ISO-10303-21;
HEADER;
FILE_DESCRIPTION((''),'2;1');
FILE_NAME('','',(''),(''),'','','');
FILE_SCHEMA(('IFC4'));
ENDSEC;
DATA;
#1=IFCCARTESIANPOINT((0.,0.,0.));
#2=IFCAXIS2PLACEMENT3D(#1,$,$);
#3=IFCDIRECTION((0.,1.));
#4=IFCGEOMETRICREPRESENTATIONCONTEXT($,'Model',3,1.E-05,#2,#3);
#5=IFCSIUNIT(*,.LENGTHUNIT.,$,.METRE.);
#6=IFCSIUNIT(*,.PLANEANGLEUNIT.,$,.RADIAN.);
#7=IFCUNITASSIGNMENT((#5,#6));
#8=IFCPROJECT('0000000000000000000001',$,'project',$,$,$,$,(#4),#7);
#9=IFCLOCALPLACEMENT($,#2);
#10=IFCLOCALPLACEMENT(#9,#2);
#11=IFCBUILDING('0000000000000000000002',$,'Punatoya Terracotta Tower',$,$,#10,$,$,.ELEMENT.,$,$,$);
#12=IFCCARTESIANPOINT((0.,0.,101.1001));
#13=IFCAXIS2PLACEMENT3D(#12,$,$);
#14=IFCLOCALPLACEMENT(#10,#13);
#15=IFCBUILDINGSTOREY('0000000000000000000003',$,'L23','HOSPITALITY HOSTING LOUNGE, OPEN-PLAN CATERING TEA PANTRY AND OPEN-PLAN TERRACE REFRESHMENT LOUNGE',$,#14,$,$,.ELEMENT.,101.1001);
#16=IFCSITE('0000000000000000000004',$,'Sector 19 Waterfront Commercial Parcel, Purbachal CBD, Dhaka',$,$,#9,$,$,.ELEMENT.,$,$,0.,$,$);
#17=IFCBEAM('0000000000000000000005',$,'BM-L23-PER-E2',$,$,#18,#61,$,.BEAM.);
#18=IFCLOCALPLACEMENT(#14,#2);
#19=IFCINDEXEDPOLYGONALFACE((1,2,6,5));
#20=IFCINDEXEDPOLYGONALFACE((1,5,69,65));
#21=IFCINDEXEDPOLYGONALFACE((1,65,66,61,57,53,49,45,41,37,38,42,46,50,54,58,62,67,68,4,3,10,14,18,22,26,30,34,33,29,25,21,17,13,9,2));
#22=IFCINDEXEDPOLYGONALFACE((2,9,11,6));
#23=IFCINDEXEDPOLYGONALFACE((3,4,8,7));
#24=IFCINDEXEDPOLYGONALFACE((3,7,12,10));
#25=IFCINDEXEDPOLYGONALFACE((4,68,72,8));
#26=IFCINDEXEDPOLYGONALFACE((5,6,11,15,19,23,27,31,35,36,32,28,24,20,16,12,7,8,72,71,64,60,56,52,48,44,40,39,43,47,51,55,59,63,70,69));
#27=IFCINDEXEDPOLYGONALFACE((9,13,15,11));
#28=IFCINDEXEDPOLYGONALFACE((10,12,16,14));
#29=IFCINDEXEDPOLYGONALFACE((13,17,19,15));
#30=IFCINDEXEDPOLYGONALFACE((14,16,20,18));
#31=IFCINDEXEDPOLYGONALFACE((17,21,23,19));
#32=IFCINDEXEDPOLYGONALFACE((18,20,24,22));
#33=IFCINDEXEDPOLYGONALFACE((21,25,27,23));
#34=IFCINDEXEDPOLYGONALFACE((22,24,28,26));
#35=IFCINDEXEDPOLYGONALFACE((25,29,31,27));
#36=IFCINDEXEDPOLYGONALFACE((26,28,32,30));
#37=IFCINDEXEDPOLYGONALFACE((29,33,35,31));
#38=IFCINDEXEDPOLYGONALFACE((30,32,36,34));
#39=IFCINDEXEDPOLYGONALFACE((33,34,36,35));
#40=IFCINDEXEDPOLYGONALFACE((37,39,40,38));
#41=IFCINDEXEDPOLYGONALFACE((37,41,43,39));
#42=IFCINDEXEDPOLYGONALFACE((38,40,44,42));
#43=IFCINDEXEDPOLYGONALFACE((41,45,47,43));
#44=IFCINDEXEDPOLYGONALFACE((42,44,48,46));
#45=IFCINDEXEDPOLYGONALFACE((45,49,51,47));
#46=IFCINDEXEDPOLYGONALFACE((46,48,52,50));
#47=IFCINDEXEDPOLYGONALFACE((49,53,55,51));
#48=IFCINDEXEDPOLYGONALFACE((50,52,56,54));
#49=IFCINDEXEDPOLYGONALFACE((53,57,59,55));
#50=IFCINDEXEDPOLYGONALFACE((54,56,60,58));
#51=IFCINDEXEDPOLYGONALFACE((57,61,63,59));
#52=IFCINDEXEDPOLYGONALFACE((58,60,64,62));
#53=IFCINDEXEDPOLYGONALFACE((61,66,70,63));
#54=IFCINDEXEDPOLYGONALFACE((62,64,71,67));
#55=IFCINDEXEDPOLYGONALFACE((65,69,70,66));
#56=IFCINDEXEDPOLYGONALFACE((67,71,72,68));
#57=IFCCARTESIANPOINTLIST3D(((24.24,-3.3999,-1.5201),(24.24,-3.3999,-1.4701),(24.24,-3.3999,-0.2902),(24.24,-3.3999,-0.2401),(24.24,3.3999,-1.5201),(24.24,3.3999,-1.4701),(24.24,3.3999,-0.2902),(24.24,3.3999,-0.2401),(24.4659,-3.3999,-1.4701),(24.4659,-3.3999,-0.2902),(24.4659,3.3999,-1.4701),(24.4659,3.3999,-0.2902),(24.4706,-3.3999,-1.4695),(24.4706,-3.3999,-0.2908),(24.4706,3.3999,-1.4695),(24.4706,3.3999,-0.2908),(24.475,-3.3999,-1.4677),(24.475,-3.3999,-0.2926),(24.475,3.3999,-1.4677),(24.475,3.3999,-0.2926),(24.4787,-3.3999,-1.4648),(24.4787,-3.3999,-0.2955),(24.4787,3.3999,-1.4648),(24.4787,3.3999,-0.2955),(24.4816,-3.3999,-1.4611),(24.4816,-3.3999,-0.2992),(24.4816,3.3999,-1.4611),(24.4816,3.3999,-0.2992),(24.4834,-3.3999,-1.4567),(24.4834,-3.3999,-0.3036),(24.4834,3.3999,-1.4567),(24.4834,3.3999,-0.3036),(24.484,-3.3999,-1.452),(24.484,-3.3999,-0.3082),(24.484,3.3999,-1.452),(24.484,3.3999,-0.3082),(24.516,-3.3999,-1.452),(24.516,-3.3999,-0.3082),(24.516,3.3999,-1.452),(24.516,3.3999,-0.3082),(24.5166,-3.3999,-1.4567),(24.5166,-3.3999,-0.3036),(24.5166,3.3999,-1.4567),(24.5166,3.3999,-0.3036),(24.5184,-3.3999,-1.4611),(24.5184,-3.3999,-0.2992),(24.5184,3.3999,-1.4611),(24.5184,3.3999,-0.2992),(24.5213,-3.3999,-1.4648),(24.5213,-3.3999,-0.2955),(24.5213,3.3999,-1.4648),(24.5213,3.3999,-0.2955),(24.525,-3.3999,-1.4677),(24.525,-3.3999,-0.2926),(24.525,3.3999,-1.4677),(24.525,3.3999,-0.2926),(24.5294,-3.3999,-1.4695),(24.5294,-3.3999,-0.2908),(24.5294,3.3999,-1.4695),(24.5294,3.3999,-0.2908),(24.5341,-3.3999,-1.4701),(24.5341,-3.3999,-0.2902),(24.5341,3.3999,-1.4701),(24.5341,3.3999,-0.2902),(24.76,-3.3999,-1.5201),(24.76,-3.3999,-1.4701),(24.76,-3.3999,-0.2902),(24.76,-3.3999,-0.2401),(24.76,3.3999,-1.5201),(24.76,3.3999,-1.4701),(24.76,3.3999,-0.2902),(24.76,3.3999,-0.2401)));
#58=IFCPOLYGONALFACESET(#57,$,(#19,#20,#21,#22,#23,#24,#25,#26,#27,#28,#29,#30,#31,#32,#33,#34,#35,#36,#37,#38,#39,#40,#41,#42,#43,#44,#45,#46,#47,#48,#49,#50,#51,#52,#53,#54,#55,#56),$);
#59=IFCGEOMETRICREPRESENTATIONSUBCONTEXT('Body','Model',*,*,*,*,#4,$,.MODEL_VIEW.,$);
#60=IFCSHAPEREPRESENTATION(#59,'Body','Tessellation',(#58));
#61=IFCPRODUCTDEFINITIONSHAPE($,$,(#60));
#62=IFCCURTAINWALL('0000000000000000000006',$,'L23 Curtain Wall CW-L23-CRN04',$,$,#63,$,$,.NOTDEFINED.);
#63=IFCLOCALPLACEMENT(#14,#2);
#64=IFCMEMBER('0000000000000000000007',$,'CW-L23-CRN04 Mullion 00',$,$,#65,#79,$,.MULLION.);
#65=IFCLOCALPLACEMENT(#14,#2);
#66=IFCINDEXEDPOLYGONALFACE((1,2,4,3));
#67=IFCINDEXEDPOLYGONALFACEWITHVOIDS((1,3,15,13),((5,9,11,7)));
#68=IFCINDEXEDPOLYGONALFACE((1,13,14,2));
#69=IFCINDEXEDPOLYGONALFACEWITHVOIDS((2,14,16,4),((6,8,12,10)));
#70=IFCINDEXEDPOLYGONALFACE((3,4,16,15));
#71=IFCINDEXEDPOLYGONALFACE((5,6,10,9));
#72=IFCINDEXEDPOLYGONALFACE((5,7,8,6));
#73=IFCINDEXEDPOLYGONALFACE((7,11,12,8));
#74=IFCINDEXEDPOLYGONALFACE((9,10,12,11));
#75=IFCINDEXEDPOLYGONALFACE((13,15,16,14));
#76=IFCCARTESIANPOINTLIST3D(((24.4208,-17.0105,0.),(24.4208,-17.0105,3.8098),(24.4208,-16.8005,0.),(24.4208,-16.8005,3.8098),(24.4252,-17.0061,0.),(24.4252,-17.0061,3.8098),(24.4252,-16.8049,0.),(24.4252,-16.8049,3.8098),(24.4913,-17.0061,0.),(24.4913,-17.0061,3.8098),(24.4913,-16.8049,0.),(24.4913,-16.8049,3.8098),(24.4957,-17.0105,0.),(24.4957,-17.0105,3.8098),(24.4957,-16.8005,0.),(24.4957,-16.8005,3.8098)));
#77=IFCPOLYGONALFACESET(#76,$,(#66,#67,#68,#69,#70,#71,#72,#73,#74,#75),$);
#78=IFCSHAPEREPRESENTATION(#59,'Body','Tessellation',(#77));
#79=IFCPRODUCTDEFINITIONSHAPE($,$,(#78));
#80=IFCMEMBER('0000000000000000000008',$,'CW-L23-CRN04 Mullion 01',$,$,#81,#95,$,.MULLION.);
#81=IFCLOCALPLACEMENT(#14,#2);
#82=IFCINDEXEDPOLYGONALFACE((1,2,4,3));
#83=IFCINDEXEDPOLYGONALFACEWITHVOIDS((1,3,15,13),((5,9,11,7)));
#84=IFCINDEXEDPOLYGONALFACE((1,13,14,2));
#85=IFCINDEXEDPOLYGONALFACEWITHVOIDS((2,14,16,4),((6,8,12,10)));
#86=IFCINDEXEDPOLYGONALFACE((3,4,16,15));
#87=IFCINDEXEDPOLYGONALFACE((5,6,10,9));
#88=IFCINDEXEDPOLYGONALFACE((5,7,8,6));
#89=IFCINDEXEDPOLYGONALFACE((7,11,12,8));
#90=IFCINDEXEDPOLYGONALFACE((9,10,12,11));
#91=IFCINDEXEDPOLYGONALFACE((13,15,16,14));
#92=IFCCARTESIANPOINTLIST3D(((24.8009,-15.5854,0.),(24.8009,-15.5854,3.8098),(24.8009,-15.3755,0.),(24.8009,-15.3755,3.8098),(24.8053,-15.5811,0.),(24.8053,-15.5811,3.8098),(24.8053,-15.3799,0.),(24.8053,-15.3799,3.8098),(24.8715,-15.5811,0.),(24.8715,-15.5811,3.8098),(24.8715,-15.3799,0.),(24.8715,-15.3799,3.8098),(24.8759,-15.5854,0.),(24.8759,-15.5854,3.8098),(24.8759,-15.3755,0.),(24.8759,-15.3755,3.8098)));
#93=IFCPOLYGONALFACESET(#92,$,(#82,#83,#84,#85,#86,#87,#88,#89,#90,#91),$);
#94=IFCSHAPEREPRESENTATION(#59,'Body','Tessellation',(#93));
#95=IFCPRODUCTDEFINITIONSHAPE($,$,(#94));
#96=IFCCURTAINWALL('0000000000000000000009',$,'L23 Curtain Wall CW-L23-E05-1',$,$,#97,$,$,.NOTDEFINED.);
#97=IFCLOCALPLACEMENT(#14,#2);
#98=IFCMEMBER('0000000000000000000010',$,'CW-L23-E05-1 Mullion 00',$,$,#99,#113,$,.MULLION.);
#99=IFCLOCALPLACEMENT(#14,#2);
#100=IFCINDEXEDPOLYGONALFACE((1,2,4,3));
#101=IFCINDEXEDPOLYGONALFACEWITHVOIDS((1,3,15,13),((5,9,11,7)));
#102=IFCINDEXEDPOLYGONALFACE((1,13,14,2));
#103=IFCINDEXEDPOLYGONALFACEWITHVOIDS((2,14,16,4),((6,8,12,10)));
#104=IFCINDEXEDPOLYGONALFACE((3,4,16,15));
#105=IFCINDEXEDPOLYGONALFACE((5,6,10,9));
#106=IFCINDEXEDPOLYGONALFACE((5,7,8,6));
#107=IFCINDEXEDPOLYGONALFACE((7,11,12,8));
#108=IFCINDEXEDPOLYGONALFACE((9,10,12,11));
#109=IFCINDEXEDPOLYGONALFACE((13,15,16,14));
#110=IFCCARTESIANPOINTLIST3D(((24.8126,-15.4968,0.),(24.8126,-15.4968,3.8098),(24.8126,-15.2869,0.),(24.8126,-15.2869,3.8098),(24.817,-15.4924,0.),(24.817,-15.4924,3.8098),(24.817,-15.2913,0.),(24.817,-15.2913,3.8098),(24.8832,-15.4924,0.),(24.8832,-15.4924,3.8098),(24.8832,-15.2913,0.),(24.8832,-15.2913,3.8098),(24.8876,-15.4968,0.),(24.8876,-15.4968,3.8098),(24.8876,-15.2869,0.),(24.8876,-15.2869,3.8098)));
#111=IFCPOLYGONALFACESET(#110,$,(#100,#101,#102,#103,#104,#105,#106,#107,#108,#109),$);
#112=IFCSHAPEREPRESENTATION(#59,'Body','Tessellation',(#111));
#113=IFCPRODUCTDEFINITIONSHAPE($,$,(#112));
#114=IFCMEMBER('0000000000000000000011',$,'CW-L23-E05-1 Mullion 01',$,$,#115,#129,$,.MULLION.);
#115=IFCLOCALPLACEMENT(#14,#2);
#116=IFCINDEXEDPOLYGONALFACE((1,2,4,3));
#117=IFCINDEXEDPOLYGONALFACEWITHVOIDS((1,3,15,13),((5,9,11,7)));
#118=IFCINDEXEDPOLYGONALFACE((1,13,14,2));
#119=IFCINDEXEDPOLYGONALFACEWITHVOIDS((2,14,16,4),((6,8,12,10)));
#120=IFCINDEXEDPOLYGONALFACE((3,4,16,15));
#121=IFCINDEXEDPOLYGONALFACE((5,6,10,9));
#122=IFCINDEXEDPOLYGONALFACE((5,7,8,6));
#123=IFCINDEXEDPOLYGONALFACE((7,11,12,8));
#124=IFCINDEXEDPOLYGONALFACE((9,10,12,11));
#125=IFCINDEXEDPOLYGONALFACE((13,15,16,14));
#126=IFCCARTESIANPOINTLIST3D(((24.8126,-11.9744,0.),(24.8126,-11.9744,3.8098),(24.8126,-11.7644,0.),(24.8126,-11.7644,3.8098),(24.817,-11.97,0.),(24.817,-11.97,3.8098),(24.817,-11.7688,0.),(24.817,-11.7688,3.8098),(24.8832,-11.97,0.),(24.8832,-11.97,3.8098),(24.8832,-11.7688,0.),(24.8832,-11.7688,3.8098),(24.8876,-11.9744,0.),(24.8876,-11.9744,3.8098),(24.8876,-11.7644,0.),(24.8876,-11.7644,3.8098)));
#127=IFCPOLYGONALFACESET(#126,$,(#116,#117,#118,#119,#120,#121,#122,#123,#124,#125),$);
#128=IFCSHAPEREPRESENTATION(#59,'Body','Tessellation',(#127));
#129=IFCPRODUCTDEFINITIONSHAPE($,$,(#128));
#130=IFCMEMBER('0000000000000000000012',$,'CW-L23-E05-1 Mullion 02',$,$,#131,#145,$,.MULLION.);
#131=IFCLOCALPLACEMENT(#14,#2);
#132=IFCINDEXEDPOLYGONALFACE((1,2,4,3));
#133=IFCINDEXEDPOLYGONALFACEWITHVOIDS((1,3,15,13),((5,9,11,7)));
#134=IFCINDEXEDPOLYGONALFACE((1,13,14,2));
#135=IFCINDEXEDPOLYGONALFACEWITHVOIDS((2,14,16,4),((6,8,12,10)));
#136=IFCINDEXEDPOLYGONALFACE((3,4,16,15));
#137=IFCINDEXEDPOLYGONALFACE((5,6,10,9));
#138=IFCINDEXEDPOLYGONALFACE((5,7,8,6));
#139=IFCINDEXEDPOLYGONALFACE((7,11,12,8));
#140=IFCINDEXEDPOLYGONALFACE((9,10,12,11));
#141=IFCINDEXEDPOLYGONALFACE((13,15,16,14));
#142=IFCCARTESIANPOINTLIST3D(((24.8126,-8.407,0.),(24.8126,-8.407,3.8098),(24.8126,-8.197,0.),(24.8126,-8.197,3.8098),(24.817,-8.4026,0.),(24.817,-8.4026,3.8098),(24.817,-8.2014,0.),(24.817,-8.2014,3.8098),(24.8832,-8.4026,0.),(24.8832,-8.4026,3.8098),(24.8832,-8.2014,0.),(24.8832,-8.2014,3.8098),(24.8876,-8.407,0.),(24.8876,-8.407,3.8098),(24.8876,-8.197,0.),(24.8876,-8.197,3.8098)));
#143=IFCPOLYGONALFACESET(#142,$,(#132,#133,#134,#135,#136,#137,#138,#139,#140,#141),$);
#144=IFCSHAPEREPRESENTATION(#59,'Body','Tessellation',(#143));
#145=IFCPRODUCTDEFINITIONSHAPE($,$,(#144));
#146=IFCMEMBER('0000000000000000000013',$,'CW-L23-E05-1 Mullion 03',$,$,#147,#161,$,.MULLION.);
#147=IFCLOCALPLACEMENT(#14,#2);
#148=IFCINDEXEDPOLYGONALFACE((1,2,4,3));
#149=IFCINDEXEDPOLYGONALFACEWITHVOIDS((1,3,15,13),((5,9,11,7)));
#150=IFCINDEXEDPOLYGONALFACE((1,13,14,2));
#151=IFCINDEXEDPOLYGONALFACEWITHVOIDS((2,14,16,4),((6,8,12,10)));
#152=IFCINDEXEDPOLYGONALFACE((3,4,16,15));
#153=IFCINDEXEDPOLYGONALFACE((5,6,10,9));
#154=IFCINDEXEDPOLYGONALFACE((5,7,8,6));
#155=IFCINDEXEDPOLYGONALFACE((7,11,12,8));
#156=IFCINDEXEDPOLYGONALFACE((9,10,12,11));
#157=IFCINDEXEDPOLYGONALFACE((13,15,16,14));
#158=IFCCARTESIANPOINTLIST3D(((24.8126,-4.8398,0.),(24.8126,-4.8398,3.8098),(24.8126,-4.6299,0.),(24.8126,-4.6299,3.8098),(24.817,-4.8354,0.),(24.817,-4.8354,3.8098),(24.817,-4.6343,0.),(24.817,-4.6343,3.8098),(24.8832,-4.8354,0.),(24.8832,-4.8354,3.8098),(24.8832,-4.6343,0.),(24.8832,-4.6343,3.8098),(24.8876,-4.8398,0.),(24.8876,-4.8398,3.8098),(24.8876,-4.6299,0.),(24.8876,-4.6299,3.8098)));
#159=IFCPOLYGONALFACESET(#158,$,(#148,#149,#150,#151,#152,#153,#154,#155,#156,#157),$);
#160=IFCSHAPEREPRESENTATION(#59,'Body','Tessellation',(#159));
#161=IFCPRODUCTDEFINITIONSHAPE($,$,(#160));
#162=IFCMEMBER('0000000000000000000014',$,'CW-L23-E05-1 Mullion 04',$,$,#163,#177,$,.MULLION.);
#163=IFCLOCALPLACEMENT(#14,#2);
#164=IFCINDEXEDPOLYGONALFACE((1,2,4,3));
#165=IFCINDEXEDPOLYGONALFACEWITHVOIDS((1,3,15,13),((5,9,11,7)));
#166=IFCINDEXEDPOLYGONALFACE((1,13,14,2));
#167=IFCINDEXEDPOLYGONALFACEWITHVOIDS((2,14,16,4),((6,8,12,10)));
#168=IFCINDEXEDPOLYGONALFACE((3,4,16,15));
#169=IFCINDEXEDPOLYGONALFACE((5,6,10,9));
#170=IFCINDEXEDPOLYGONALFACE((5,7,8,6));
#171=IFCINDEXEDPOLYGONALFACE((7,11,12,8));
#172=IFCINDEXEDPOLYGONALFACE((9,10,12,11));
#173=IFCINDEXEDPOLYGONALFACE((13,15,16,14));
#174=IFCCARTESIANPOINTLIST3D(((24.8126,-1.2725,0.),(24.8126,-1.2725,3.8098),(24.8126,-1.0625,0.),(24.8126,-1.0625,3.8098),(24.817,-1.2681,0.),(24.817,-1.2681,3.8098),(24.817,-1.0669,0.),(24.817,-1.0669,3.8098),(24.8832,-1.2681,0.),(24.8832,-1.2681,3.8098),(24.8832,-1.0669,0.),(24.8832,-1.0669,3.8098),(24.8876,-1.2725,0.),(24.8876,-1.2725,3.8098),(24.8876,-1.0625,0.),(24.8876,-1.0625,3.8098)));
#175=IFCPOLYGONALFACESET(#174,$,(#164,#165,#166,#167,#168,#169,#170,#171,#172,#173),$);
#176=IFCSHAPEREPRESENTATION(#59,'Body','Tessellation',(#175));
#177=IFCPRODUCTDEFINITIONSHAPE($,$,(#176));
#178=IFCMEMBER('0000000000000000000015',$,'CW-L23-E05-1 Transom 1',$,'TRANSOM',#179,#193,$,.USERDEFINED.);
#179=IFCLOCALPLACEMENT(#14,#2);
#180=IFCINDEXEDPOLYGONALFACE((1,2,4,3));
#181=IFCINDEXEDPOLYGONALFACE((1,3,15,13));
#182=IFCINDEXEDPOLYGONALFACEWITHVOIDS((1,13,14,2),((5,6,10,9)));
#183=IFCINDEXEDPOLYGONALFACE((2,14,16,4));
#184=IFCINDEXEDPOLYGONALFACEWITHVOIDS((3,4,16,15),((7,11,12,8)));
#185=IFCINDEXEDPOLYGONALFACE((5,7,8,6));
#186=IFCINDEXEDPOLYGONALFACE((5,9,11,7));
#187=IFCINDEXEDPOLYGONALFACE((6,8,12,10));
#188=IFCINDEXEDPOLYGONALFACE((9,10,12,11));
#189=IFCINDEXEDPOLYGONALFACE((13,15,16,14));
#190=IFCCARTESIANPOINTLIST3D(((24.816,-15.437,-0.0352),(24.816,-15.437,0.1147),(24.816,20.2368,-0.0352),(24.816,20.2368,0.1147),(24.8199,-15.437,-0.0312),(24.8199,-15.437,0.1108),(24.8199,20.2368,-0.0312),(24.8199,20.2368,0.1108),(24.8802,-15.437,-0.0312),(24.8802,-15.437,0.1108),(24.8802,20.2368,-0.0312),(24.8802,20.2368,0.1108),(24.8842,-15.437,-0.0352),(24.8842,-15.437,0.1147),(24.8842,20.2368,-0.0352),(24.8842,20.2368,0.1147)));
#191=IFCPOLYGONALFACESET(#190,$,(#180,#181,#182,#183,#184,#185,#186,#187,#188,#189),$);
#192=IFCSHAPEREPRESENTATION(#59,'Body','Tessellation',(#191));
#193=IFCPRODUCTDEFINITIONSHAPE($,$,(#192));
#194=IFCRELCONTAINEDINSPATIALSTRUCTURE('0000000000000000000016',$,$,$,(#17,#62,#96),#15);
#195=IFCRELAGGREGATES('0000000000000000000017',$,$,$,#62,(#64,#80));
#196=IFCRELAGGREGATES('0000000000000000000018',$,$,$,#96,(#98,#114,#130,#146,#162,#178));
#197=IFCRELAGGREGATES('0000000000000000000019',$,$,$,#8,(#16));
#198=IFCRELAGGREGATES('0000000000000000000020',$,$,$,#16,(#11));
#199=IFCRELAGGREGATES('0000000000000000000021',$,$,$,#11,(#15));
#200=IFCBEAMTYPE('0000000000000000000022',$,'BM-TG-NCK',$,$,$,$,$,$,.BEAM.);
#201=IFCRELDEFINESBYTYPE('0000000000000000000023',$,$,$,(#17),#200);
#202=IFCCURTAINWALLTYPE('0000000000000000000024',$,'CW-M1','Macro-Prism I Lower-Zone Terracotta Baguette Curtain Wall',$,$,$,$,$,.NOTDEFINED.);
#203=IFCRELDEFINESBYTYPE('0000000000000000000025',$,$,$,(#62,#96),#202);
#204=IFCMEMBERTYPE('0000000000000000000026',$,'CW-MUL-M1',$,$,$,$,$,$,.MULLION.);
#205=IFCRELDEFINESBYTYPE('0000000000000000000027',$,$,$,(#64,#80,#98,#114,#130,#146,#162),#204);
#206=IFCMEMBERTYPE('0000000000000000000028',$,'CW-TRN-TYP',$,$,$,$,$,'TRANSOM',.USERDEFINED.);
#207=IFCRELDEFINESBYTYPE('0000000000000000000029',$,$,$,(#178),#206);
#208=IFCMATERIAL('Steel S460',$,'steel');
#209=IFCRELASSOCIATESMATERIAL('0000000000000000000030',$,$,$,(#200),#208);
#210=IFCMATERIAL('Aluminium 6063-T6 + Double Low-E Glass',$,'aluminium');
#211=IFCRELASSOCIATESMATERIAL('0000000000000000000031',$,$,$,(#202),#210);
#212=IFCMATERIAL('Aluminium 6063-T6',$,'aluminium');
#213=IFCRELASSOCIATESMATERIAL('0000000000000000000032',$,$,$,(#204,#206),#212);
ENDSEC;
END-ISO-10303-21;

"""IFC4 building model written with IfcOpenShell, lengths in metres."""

from ifc_helpers import new_model, si_unit, direction, frame, origin, origin_2d, place, context, subcontext, project, spatial, hollow_rectangle, i_section, extrude, material, material_profile, profile_set, type_object, element, aggregate, save


model = new_model("IFC4")

# Units and contexts
model_context = context("Model", 3, precision=1e-05, world=origin(), true_north=direction((0.0, 1.0)))
body_context = subcontext(model_context, "Body", "Model", "MODEL_VIEW")
ifc_project = project(units=[si_unit("LENGTHUNIT", "METRE"), si_unit("PLANEANGLEUNIT", "RADIAN")], contexts=[model_context])

# Site, building, storey
site_placement = place(None, origin())
site = spatial("IfcSite", under=ifc_project, at=site_placement, Name="Sector 19 Waterfront Commercial Parcel, Purbachal CBD, Dhaka", CompositionType="ELEMENT", RefElevation=0.0)
building_placement = place(site_placement, origin())
building = spatial("IfcBuilding", under=site, at=building_placement, Name="Punatoya Terracotta Tower", CompositionType="ELEMENT")
storey_placement = place(building_placement, frame((0.0, 0.0, 101.1001)))
storey = spatial("IfcBuildingStorey", under=building, at=storey_placement, Name="L23", Description="HOSPITALITY HOSTING LOUNGE, OPEN-PLAN CATERING TEA PANTRY AND OPEN-PLAN TERRACE REFRESHMENT LOUNGE", CompositionType="ELEMENT", Elevation=101.1001)

# Shared definitions
ifc_material_1 = material(Name="Steel S460", Category="steel")

# Beam
ifc_material_profile_1 = material_profile(ifc_material_1, i_section(OverallWidth=0.52, OverallDepth=1.28, WebThickness=0.032, FlangeThickness=0.05, FilletRadius=0.0181, at=origin_2d()))
ifc_profile_set_1 = profile_set([ifc_material_profile_1], Name="Steel S460")
beam_type_1 = type_object("IfcBeamType", Name="BM-TG-NCK", PredefinedType="BEAM", material=ifc_profile_set_1)
beam_1_placement = place(storey_placement, frame((24.5, -3.3999, -0.8801), z_axis=(0.0, 1.0, 0.0), x_axis=(-1.0, 0.0, 0.0)))
element("IfcBeam", 1, at=beam_1_placement, inside=storey, type_object=beam_type_1, Name="BM-L23-PER-E2", PredefinedType="BEAM", context=body_context, shape_type="SweptSolid", body=[
    extrude(i_section(OverallWidth=0.52, OverallDepth=1.28, WebThickness=0.032, FlangeThickness=0.05, FilletRadius=0.0181, at=origin_2d()), origin(), (0.0, 0.0, 1.0), 6.7998),
])

# Curtain walls, members
ifc_material_2 = material(Name="Aluminium 6063-T6 + Double Low-E Glass", Category="aluminium")
curtain_wall_type = type_object("IfcCurtainWallType", Name="CW-M1", Description="Macro-Prism I Lower-Zone Terracotta Baguette Curtain Wall", PredefinedType="NOTDEFINED", material=ifc_material_2)
curtain_wall_1_placement = place(storey_placement, origin())
curtain_wall_1 = element("IfcCurtainWall", 2, at=curtain_wall_1_placement, inside=storey, type_object=curtain_wall_type, Name="L23 Curtain Wall CW-L23-CRN04", PredefinedType="NOTDEFINED")
ifc_material_3 = material(Name="Aluminium 6063-T6", Category="aluminium")
ifc_material_profile_2 = material_profile(ifc_material_3, hollow_rectangle(XDim=0.075, YDim=0.21, WallThickness=0.0044, at=origin_2d()))
ifc_profile_set_2 = profile_set([ifc_material_profile_2], Name="Aluminium 6063-T6")
member_type_1 = type_object("IfcMemberType", Name="CW-MUL-M1", PredefinedType="MULLION", material=ifc_profile_set_2)
member_1_placement = place(storey_placement, frame((24.4583, -16.9055, 0.0), z_axis=(0.0, 0.0, 1.0), x_axis=(1.0, 0.0, 0.0)))
member_1 = element("IfcMember", 3, at=member_1_placement, type_object=member_type_1, Name="CW-L23-CRN04 Mullion 00", PredefinedType="MULLION", context=body_context, shape_type="SweptSolid", body=[
    extrude(hollow_rectangle(XDim=0.075, YDim=0.21, WallThickness=0.0044, at=origin_2d()), origin(), (0.0, 0.0, 1.0), 3.8098),
])
member_2_placement = place(storey_placement, frame((24.8384, -15.4805, 0.0), z_axis=(0.0, 0.0, 1.0), x_axis=(1.0, 0.0, 0.0)))
member_2 = element("IfcMember", 4, at=member_2_placement, type_object=member_type_1, Name="CW-L23-CRN04 Mullion 01", PredefinedType="MULLION", context=body_context, shape_type="SweptSolid", body=[
    extrude(hollow_rectangle(XDim=0.075, YDim=0.21, WallThickness=0.0044, at=origin_2d()), origin(), (0.0, 0.0, 1.0), 3.8098),
])
curtain_wall_2_placement = place(storey_placement, origin())
curtain_wall_2 = element("IfcCurtainWall", 5, at=curtain_wall_2_placement, inside=storey, type_object=curtain_wall_type, Name="L23 Curtain Wall CW-L23-E05-1", PredefinedType="NOTDEFINED")
member_3_placement = place(storey_placement, frame((24.8501, -15.3918, 0.0), z_axis=(0.0, 0.0, 1.0), x_axis=(1.0, 0.0, 0.0)))
member_3 = element("IfcMember", 6, at=member_3_placement, type_object=member_type_1, Name="CW-L23-E05-1 Mullion 00", PredefinedType="MULLION", context=body_context, shape_type="SweptSolid", body=[
    extrude(hollow_rectangle(XDim=0.075, YDim=0.21, WallThickness=0.0044, at=origin_2d()), origin(), (0.0, 0.0, 1.0), 3.8098),
])
member_4_placement = place(storey_placement, frame((24.8501, -11.8694, 0.0), z_axis=(0.0, 0.0, 1.0), x_axis=(1.0, 0.0, 0.0)))
member_4 = element("IfcMember", 7, at=member_4_placement, type_object=member_type_1, Name="CW-L23-E05-1 Mullion 01", PredefinedType="MULLION", context=body_context, shape_type="SweptSolid", body=[
    extrude(hollow_rectangle(XDim=0.075, YDim=0.21, WallThickness=0.0044, at=origin_2d()), origin(), (0.0, 0.0, 1.0), 3.8098),
])
member_5_placement = place(storey_placement, frame((24.8501, -8.302, 0.0), z_axis=(0.0, 0.0, 1.0), x_axis=(1.0, 0.0, 0.0)))
member_5 = element("IfcMember", 8, at=member_5_placement, type_object=member_type_1, Name="CW-L23-E05-1 Mullion 02", PredefinedType="MULLION", context=body_context, shape_type="SweptSolid", body=[
    extrude(hollow_rectangle(XDim=0.075, YDim=0.21, WallThickness=0.0044, at=origin_2d()), origin(), (0.0, 0.0, 1.0), 3.8098),
])
member_6_placement = place(storey_placement, frame((24.8501, -4.7349, 0.0), z_axis=(0.0, 0.0, 1.0), x_axis=(1.0, 0.0, 0.0)))
member_6 = element("IfcMember", 9, at=member_6_placement, type_object=member_type_1, Name="CW-L23-E05-1 Mullion 03", PredefinedType="MULLION", context=body_context, shape_type="SweptSolid", body=[
    extrude(hollow_rectangle(XDim=0.075, YDim=0.21, WallThickness=0.0044, at=origin_2d()), origin(), (0.0, 0.0, 1.0), 3.8098),
])
member_7_placement = place(storey_placement, frame((24.8501, -1.1675, 0.0), z_axis=(0.0, 0.0, 1.0), x_axis=(1.0, 0.0, 0.0)))
member_7 = element("IfcMember", 10, at=member_7_placement, type_object=member_type_1, Name="CW-L23-E05-1 Mullion 04", PredefinedType="MULLION", context=body_context, shape_type="SweptSolid", body=[
    extrude(hollow_rectangle(XDim=0.075, YDim=0.21, WallThickness=0.0044, at=origin_2d()), origin(), (0.0, 0.0, 1.0), 3.8098),
])
ifc_material_profile_3 = material_profile(ifc_material_3, hollow_rectangle(XDim=0.0681, YDim=0.1499, WallThickness=0.0039, at=origin_2d()))
ifc_profile_set_3 = profile_set([ifc_material_profile_3], Name="Aluminium 6063-T6")
member_type_2 = type_object("IfcMemberType", Name="CW-TRN-TYP", ElementType="TRANSOM", PredefinedType="USERDEFINED", material=ifc_profile_set_3)
member_8_placement = place(storey_placement, frame((24.8501, -15.437, 0.0398), z_axis=(0.0, 1.0, 0.0), x_axis=(-1.0, 0.0, 0.0)))
member_8 = element("IfcMember", 11, at=member_8_placement, type_object=member_type_2, Name="CW-L23-E05-1 Transom 1", ObjectType="TRANSOM", PredefinedType="USERDEFINED", context=body_context, shape_type="SweptSolid", body=[
    extrude(hollow_rectangle(XDim=0.0681, YDim=0.1499, WallThickness=0.0039, at=origin_2d()), origin(), (0.0, 0.0, 1.0), 35.6738),
])

aggregate(curtain_wall_1, [member_1, member_2])
aggregate(curtain_wall_2, [member_3, member_4, member_5, member_6, member_7, member_8])

save(model, "model.ifc")
